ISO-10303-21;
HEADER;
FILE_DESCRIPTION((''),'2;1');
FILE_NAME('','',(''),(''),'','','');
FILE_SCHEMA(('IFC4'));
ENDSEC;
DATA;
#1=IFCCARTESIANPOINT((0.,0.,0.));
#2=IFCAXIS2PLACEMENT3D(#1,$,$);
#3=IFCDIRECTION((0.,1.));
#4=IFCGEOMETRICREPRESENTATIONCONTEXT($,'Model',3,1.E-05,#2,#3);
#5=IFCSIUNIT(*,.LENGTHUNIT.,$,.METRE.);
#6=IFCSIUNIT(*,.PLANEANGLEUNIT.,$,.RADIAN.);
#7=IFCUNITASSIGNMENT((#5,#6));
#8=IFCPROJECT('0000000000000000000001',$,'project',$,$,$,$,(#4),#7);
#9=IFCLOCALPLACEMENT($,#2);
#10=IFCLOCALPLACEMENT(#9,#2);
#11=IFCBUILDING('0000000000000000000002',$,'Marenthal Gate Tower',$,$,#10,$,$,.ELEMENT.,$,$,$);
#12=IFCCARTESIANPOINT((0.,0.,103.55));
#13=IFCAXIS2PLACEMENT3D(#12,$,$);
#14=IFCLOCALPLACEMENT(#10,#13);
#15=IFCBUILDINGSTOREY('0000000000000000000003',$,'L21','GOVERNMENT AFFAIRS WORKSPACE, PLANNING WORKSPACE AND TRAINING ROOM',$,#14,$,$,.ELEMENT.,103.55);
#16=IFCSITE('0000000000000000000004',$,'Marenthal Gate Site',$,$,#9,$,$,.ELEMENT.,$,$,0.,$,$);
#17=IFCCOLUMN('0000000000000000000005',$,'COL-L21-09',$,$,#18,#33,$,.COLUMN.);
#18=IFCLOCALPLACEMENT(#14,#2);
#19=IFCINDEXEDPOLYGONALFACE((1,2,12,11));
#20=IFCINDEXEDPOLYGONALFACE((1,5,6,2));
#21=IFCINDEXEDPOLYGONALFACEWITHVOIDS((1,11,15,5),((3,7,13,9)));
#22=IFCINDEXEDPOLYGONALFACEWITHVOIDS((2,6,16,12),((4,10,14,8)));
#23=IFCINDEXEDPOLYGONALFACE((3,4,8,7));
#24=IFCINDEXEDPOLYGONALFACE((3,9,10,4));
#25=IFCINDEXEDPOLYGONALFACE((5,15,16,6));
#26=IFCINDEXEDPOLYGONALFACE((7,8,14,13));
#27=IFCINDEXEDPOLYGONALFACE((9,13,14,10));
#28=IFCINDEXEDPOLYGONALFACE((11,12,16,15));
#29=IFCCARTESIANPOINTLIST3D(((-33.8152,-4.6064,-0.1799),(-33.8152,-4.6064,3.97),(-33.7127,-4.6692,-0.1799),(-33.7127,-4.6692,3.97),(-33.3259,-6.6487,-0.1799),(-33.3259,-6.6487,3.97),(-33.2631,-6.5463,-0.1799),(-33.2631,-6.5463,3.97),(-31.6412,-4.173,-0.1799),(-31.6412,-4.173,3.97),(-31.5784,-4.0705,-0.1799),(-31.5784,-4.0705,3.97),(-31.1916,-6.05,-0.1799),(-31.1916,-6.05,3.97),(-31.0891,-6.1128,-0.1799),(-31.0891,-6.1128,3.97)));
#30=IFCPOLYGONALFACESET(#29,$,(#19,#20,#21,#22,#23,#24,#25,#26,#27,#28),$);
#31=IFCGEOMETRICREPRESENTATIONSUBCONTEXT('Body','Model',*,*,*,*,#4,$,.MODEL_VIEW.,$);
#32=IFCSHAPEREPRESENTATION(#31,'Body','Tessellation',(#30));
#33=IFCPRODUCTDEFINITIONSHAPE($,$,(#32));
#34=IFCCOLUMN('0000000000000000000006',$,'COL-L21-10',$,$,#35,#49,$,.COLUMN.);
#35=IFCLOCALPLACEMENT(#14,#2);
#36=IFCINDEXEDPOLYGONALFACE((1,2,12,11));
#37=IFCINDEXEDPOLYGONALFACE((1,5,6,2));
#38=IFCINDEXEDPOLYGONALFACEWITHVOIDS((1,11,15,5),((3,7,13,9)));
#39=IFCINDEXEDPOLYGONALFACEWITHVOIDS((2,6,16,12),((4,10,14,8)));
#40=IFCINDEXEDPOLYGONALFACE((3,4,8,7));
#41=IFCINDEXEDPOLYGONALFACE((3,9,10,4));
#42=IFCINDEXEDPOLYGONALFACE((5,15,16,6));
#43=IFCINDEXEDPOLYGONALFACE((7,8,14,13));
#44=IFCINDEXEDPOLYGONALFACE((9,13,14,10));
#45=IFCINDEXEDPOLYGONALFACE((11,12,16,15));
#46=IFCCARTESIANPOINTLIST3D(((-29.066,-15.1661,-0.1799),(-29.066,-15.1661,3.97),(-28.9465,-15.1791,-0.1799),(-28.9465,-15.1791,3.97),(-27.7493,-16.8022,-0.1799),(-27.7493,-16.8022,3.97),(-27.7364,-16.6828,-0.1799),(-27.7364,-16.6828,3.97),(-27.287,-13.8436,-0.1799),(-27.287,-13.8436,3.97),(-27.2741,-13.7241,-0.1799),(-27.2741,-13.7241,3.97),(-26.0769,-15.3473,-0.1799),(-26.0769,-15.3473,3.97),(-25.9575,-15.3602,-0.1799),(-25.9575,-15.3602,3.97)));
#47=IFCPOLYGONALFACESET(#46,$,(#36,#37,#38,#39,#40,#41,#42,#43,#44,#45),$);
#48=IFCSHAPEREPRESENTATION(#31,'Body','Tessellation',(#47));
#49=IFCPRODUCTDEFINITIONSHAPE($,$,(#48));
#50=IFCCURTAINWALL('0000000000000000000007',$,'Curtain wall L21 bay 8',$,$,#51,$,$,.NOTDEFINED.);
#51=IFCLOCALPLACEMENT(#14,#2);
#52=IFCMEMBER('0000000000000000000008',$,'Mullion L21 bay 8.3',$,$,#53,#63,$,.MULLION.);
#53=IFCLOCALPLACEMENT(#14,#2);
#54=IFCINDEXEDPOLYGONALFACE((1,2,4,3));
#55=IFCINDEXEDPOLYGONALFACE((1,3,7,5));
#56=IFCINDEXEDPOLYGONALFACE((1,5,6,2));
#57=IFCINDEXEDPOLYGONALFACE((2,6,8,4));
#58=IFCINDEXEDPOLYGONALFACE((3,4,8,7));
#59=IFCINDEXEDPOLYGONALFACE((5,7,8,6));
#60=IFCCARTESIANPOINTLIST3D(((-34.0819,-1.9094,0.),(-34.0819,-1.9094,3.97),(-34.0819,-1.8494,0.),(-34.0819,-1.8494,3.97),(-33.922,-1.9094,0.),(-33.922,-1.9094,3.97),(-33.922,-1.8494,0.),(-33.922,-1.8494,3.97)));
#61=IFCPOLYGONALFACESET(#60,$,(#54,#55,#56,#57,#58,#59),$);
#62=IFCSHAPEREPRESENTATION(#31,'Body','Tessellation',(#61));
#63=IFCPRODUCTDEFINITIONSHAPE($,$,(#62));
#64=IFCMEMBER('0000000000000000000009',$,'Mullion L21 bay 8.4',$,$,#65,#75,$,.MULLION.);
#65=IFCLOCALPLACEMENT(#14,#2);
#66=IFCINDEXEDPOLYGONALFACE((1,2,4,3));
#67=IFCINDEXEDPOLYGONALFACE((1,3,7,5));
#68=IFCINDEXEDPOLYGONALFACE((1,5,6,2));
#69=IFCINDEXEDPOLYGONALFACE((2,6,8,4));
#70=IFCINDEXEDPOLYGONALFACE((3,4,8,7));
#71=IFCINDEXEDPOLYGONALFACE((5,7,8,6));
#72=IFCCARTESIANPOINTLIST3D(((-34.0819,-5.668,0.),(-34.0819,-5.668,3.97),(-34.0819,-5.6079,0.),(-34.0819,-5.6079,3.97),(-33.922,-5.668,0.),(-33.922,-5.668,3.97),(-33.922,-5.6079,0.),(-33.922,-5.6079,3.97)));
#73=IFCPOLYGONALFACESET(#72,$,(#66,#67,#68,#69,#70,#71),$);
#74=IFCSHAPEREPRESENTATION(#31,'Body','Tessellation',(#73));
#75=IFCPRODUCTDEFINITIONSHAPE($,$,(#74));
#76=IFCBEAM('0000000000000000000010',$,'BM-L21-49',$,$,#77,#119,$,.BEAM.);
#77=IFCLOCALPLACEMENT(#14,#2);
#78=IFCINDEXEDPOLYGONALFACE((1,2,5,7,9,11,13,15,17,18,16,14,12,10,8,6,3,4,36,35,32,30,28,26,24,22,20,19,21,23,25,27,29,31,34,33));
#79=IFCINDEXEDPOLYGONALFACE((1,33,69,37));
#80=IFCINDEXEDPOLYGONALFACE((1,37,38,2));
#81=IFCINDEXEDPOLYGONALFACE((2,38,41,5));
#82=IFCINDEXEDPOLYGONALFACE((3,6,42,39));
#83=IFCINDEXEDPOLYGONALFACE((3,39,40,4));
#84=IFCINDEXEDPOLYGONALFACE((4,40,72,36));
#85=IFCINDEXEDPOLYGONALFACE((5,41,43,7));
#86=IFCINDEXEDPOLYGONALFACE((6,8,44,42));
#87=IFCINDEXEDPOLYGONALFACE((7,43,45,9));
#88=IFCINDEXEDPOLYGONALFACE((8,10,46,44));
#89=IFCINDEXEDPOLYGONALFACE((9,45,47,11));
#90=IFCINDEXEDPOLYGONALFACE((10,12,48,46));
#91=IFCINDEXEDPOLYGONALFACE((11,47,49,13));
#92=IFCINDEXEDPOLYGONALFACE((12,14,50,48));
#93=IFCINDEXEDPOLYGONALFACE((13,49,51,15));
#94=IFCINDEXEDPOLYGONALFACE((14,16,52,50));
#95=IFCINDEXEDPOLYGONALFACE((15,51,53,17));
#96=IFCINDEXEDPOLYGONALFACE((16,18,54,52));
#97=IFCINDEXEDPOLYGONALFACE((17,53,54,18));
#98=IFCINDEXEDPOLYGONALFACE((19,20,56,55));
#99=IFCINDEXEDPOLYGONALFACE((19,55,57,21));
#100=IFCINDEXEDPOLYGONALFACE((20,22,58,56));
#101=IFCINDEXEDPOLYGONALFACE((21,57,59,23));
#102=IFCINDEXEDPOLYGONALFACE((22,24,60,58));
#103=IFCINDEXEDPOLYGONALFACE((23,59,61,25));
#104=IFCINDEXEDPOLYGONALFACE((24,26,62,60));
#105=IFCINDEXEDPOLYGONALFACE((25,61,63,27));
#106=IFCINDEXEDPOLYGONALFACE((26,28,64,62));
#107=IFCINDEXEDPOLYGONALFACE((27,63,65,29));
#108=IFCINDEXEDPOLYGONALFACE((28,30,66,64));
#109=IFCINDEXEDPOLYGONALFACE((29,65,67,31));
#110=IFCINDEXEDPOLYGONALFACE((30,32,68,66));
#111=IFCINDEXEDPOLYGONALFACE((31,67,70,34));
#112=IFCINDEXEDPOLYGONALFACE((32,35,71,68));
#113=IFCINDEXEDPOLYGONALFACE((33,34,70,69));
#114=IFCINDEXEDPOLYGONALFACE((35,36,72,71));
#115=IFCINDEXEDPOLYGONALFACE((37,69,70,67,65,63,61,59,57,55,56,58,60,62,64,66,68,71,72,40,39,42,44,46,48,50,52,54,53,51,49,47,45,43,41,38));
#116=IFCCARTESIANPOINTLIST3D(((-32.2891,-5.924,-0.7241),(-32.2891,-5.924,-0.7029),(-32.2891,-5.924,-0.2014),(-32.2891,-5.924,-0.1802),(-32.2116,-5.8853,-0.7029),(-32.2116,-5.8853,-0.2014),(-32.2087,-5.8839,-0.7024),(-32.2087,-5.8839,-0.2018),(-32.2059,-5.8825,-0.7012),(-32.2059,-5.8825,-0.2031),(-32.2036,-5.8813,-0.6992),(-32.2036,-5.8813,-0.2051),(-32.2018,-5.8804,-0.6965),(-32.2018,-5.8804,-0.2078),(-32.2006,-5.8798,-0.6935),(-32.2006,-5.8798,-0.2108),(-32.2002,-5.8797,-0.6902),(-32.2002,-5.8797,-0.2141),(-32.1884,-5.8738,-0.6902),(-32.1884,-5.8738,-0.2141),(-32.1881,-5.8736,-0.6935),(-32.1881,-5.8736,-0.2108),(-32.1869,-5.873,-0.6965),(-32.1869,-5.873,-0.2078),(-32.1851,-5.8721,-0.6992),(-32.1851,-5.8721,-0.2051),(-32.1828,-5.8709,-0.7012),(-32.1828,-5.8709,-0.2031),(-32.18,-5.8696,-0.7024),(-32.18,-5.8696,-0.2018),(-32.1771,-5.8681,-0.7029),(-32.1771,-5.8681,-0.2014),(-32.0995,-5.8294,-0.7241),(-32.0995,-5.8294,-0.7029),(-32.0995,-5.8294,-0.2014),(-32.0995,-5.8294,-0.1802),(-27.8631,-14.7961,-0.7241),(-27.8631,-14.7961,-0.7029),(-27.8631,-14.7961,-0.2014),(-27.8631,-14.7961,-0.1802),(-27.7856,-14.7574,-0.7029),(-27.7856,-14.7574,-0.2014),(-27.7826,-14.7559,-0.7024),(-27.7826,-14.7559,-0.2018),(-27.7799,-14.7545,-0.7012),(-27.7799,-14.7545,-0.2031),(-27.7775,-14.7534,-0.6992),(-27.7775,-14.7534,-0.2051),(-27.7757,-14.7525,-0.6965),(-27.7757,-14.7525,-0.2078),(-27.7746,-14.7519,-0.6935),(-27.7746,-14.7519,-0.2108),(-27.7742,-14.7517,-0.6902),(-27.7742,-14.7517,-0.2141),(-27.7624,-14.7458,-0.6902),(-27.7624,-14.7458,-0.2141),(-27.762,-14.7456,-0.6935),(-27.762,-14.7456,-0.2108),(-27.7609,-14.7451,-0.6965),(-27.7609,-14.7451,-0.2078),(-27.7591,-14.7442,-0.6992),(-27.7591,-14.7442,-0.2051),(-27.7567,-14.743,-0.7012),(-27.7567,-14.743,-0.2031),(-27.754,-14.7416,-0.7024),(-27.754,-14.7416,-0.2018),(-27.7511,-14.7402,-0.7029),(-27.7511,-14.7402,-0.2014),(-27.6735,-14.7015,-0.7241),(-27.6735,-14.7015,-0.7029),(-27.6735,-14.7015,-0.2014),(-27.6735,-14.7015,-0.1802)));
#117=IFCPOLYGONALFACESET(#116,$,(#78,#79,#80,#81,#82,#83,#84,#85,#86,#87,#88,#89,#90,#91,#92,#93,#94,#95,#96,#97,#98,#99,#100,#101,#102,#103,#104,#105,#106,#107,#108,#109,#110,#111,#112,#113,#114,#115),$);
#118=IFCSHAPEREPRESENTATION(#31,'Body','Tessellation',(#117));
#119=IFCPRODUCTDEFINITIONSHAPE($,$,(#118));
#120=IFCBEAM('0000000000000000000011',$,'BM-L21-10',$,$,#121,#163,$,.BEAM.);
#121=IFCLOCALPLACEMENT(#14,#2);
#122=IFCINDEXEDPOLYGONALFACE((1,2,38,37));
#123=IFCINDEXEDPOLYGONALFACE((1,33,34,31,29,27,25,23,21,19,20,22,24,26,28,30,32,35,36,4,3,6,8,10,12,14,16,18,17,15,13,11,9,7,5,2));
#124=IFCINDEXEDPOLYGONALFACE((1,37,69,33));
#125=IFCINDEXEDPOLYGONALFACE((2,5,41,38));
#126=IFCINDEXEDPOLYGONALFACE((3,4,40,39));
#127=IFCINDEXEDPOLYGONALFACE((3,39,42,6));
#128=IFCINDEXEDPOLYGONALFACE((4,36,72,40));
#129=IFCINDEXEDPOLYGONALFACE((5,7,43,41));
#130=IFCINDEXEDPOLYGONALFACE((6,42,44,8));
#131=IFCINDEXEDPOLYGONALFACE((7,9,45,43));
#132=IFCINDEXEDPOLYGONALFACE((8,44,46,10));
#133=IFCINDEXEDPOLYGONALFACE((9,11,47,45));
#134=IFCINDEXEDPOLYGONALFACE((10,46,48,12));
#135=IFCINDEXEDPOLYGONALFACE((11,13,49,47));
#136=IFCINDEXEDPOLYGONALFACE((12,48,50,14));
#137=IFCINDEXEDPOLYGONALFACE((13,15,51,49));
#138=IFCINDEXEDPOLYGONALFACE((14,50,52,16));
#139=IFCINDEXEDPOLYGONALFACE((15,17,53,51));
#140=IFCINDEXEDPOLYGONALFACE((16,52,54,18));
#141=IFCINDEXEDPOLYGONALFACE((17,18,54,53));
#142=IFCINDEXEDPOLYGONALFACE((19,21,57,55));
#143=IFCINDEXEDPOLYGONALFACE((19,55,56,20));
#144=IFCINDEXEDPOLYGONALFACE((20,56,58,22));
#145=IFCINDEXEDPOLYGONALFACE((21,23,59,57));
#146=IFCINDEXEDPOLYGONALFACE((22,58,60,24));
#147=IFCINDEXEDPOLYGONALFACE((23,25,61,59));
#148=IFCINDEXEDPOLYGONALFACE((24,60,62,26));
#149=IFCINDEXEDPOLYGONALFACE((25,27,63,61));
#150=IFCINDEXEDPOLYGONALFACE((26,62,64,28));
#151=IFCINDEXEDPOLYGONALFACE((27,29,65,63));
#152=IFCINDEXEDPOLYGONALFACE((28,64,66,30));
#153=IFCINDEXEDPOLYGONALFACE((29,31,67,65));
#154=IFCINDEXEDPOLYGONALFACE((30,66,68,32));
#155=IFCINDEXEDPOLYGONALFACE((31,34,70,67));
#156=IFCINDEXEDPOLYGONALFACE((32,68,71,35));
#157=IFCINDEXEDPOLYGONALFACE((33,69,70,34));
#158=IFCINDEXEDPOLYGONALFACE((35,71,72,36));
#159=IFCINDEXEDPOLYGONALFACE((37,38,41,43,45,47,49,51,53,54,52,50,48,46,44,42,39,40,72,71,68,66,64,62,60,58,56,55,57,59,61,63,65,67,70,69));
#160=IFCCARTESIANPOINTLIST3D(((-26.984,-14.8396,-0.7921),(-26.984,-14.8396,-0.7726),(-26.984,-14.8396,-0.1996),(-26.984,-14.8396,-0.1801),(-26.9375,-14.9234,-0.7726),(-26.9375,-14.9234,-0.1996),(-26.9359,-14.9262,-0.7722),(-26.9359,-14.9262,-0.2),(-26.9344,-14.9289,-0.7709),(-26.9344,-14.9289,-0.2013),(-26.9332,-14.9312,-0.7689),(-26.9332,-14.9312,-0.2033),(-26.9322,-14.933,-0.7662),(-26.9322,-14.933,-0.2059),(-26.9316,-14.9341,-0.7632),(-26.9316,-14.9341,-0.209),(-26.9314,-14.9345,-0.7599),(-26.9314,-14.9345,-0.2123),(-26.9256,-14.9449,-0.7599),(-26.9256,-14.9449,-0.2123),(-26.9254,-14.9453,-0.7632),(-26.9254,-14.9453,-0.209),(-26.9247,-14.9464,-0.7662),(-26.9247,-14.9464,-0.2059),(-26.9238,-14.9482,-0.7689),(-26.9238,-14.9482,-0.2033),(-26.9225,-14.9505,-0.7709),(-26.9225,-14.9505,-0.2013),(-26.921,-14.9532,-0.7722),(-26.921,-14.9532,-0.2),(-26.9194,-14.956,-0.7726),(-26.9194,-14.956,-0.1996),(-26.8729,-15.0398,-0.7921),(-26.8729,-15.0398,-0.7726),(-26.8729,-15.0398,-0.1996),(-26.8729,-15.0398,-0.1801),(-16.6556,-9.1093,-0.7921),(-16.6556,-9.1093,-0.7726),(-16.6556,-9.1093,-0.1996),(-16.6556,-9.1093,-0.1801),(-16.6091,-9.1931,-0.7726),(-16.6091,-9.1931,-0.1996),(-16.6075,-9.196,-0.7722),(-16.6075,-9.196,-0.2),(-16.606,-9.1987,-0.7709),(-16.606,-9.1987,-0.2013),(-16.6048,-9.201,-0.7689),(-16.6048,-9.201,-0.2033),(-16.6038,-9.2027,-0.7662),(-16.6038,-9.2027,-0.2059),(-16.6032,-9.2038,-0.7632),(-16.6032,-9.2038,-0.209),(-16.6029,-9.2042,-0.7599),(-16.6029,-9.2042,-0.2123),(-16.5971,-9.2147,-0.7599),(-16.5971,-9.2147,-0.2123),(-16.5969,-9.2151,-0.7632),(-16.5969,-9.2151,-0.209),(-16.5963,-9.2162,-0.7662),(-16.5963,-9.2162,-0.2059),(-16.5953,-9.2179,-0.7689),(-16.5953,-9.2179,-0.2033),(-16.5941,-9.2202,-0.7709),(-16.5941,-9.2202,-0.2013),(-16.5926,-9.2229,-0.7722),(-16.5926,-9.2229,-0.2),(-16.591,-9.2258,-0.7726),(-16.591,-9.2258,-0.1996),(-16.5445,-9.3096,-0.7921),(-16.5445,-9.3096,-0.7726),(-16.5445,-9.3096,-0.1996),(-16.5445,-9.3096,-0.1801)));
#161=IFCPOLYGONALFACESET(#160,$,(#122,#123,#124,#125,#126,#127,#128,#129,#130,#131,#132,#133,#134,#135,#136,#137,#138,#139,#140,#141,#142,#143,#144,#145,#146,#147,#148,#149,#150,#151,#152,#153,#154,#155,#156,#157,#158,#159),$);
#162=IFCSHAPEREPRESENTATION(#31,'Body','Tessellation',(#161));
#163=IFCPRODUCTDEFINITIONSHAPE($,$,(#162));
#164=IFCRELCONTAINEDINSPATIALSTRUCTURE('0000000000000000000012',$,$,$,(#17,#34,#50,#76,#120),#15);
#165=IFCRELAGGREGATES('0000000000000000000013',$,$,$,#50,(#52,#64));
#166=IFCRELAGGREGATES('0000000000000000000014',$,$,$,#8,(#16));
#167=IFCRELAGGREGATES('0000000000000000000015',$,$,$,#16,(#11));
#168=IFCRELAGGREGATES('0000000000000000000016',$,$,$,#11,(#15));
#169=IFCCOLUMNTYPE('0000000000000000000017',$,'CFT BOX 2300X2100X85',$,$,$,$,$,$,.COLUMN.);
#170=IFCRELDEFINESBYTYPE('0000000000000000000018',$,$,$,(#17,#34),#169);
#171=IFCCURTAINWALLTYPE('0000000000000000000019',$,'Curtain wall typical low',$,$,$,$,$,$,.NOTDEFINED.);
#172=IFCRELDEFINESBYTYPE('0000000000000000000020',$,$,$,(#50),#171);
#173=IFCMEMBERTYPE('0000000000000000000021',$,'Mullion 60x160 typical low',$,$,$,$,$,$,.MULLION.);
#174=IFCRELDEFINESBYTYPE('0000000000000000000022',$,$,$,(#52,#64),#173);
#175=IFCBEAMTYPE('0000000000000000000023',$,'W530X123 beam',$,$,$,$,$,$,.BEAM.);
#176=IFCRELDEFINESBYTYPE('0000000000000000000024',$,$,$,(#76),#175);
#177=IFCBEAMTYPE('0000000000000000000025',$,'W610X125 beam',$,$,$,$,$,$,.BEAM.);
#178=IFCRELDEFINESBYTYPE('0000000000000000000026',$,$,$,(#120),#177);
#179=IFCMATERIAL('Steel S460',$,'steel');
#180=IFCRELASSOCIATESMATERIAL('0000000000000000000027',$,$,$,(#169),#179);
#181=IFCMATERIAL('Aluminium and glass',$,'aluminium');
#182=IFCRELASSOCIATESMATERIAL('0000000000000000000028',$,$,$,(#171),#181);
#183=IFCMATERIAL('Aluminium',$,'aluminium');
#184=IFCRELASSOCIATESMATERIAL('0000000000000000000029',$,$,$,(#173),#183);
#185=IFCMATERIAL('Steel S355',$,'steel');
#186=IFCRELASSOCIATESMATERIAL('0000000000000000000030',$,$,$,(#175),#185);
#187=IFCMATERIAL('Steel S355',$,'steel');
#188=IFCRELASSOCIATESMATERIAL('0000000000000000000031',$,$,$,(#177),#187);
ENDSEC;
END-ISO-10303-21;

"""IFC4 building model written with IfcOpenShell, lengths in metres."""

from ifc_helpers import new_model, si_unit, direction, frame, origin, origin_2d, place, context, subcontext, project, spatial, rectangle, hollow_rectangle, i_section, extrude, material, material_profile, profile_set, type_object, element, aggregate, save


model = new_model("IFC4")

# Units and contexts
model_context = context("Model", 3, precision=1e-05, world=origin(), true_north=direction((0.0, 1.0)))
body_context = subcontext(model_context, "Body", "Model", "MODEL_VIEW")
ifc_project = project(units=[si_unit("LENGTHUNIT", "METRE"), si_unit("PLANEANGLEUNIT", "RADIAN")], contexts=[model_context])

# Site, building, storey
site_placement = place(None, origin())
site = spatial("IfcSite", under=ifc_project, at=site_placement, Name="Marenthal Gate Site", CompositionType="ELEMENT", RefElevation=0.0)
building_placement = place(site_placement, origin())
building = spatial("IfcBuilding", under=site, at=building_placement, Name="Marenthal Gate Tower", CompositionType="ELEMENT")
storey_placement = place(building_placement, frame((0.0, 0.0, 103.55)))
storey = spatial("IfcBuildingStorey", under=building, at=storey_placement, Name="L21", Description="GOVERNMENT AFFAIRS WORKSPACE, PLANNING WORKSPACE AND TRAINING ROOM", CompositionType="ELEMENT", Elevation=103.55)

# Columns
ifc_material_1 = material(Name="Steel S460", Category="steel")
ifc_material_profile_1 = material_profile(ifc_material_1, hollow_rectangle(XDim=2.1001, YDim=2.3, WallThickness=0.085, at=origin_2d()), Name="CFT BOX 2300X2100X85")
ifc_material_2 = material(Name="Concrete 70 MPa", Category="concrete")
ifc_material_profile_2 = material_profile(ifc_material_2, rectangle(XDim=1.9299, YDim=2.1299, at=origin_2d()), Name="CFT BOX 2300X2100X85 INFILL")
ifc_profile_set_1 = profile_set([ifc_material_profile_1, ifc_material_profile_2], Name="Steel S460 shell, Concrete 70 MPa infill")
column_type = type_object("IfcColumnType", Name="CFT BOX 2300X2100X85", PredefinedType="COLUMN", material=ifc_profile_set_1)
for number, where, z_axis, x_axis, name in (
    (1, (-32.4521, -5.3596, -0.1799), (0.0, 0.0, 1.0), (-0.232974, 0.972483, 0.0), "COL-L21-09"),
    (2, (-27.5117, -15.2632, -0.1799), (0.0, 0.0, 1.0), (-0.626945, 0.779063, 0.0), "COL-L21-10"),
):
    element("IfcColumn", number, at=place(storey_placement, frame(where, z_axis=z_axis, x_axis=x_axis)), inside=storey, type_object=column_type, Name=name, PredefinedType="COLUMN", context=body_context, shape_type="SweptSolid", body=[
        extrude(hollow_rectangle(XDim=2.1001, YDim=2.3, WallThickness=0.085, at=origin_2d()), origin(), (0.0, 0.0, 1.0), 4.1499),
    ])

# Curtain wall, members
ifc_material_3 = material(Name="Aluminium and glass", Category="aluminium")
curtain_wall_type = type_object("IfcCurtainWallType", Name="Curtain wall typical low", PredefinedType="NOTDEFINED", material=ifc_material_3)
curtain_wall_placement = place(storey_placement, origin())
curtain_wall = element("IfcCurtainWall", 3, at=curtain_wall_placement, inside=storey, type_object=curtain_wall_type, Name="Curtain wall L21 bay 8", PredefinedType="NOTDEFINED")
ifc_material_4 = material(Name="Aluminium", Category="aluminium")
ifc_material_profile_3 = material_profile(ifc_material_4, rectangle(XDim=0.1599, YDim=0.0601, at=origin_2d()), Name="60x160 aluminium mullion")
ifc_profile_set_2 = profile_set([ifc_material_profile_3], Name="Aluminium")
member_type = type_object("IfcMemberType", Name="Mullion 60x160 typical low", PredefinedType="MULLION", material=ifc_profile_set_2)
member_1_placement = place(storey_placement, frame((-34.002, -1.8794, 0.0), z_axis=(0.0, 0.0, 1.0), x_axis=(1.0, 0.0, 0.0)))
member_1 = element("IfcMember", 4, at=member_1_placement, type_object=member_type, Name="Mullion L21 bay 8.3", PredefinedType="MULLION", context=body_context, shape_type="SweptSolid", body=[
    extrude(rectangle(XDim=0.1599, YDim=0.0601, at=origin_2d()), origin(), (0.0, 0.0, 1.0), 3.97),
])
member_2_placement = place(storey_placement, frame((-34.002, -5.6379, 0.0), z_axis=(0.0, 0.0, 1.0), x_axis=(1.0, 0.0, 0.0)))
member_2 = element("IfcMember", 5, at=member_2_placement, type_object=member_type, Name="Mullion L21 bay 8.4", PredefinedType="MULLION", context=body_context, shape_type="SweptSolid", body=[
    extrude(rectangle(XDim=0.1599, YDim=0.0601, at=origin_2d()), origin(), (0.0, 0.0, 1.0), 3.97),
])

# Beams
ifc_material_5 = material(Name="Steel S355", Category="steel")
ifc_material_profile_4 = material_profile(ifc_material_5, i_section(OverallWidth=0.2119, OverallDepth=0.5439, WebThickness=0.0132, FlangeThickness=0.0212, FilletRadius=0.0127, at=origin_2d()), Name="W530X123")
ifc_profile_set_3 = profile_set([ifc_material_profile_4], Name="Steel S355")
beam_type_1 = type_object("IfcBeamType", Name="W530X123 beam", PredefinedType="BEAM", material=ifc_profile_set_3)
beam_1_placement = place(storey_placement, frame((-32.1943, -5.8767, -0.4521), z_axis=(0.446406, -0.894831, 0.0), x_axis=(0.894831, 0.446406, 0.0)))
element("IfcBeam", 6, at=beam_1_placement, inside=storey, type_object=beam_type_1, Name="BM-L21-49", PredefinedType="BEAM", context=body_context, shape_type="SweptSolid", body=[
    extrude(i_section(OverallWidth=0.2119, OverallDepth=0.5439, WebThickness=0.0132, FlangeThickness=0.0212, FilletRadius=0.0127, at=origin_2d()), origin(), (0.0, 0.0, 1.0), 9.9148),
])
ifc_material_6 = material(Name="Steel S355", Category="steel")
ifc_material_profile_5 = material_profile(ifc_material_6, i_section(OverallWidth=0.229, OverallDepth=0.6121, WebThickness=0.012, FlangeThickness=0.0195, FilletRadius=0.0127, at=origin_2d()), Name="W610X125")
ifc_profile_set_4 = profile_set([ifc_material_profile_5], Name="Steel S355")
beam_type_2 = type_object("IfcBeamType", Name="W610X125 beam", PredefinedType="BEAM", material=ifc_profile_set_4)
beam_2_placement = place(storey_placement, frame((-26.9285, -14.9397, -0.4861), z_axis=(0.874436, 0.485141, 0.0), x_axis=(-0.485141, 0.874436, 0.0)))
element("IfcBeam", 7, at=beam_2_placement, inside=storey, type_object=beam_type_2, Name="BM-L21-10", PredefinedType="BEAM", context=body_context, shape_type="SweptSolid", body=[
    extrude(i_section(OverallWidth=0.229, OverallDepth=0.6121, WebThickness=0.012, FlangeThickness=0.0195, FilletRadius=0.0127, at=origin_2d()), origin(), (0.0, 0.0, 1.0), 11.8115),
])

aggregate(curtain_wall, [member_1, member_2])

save(model, "model.ifc")
